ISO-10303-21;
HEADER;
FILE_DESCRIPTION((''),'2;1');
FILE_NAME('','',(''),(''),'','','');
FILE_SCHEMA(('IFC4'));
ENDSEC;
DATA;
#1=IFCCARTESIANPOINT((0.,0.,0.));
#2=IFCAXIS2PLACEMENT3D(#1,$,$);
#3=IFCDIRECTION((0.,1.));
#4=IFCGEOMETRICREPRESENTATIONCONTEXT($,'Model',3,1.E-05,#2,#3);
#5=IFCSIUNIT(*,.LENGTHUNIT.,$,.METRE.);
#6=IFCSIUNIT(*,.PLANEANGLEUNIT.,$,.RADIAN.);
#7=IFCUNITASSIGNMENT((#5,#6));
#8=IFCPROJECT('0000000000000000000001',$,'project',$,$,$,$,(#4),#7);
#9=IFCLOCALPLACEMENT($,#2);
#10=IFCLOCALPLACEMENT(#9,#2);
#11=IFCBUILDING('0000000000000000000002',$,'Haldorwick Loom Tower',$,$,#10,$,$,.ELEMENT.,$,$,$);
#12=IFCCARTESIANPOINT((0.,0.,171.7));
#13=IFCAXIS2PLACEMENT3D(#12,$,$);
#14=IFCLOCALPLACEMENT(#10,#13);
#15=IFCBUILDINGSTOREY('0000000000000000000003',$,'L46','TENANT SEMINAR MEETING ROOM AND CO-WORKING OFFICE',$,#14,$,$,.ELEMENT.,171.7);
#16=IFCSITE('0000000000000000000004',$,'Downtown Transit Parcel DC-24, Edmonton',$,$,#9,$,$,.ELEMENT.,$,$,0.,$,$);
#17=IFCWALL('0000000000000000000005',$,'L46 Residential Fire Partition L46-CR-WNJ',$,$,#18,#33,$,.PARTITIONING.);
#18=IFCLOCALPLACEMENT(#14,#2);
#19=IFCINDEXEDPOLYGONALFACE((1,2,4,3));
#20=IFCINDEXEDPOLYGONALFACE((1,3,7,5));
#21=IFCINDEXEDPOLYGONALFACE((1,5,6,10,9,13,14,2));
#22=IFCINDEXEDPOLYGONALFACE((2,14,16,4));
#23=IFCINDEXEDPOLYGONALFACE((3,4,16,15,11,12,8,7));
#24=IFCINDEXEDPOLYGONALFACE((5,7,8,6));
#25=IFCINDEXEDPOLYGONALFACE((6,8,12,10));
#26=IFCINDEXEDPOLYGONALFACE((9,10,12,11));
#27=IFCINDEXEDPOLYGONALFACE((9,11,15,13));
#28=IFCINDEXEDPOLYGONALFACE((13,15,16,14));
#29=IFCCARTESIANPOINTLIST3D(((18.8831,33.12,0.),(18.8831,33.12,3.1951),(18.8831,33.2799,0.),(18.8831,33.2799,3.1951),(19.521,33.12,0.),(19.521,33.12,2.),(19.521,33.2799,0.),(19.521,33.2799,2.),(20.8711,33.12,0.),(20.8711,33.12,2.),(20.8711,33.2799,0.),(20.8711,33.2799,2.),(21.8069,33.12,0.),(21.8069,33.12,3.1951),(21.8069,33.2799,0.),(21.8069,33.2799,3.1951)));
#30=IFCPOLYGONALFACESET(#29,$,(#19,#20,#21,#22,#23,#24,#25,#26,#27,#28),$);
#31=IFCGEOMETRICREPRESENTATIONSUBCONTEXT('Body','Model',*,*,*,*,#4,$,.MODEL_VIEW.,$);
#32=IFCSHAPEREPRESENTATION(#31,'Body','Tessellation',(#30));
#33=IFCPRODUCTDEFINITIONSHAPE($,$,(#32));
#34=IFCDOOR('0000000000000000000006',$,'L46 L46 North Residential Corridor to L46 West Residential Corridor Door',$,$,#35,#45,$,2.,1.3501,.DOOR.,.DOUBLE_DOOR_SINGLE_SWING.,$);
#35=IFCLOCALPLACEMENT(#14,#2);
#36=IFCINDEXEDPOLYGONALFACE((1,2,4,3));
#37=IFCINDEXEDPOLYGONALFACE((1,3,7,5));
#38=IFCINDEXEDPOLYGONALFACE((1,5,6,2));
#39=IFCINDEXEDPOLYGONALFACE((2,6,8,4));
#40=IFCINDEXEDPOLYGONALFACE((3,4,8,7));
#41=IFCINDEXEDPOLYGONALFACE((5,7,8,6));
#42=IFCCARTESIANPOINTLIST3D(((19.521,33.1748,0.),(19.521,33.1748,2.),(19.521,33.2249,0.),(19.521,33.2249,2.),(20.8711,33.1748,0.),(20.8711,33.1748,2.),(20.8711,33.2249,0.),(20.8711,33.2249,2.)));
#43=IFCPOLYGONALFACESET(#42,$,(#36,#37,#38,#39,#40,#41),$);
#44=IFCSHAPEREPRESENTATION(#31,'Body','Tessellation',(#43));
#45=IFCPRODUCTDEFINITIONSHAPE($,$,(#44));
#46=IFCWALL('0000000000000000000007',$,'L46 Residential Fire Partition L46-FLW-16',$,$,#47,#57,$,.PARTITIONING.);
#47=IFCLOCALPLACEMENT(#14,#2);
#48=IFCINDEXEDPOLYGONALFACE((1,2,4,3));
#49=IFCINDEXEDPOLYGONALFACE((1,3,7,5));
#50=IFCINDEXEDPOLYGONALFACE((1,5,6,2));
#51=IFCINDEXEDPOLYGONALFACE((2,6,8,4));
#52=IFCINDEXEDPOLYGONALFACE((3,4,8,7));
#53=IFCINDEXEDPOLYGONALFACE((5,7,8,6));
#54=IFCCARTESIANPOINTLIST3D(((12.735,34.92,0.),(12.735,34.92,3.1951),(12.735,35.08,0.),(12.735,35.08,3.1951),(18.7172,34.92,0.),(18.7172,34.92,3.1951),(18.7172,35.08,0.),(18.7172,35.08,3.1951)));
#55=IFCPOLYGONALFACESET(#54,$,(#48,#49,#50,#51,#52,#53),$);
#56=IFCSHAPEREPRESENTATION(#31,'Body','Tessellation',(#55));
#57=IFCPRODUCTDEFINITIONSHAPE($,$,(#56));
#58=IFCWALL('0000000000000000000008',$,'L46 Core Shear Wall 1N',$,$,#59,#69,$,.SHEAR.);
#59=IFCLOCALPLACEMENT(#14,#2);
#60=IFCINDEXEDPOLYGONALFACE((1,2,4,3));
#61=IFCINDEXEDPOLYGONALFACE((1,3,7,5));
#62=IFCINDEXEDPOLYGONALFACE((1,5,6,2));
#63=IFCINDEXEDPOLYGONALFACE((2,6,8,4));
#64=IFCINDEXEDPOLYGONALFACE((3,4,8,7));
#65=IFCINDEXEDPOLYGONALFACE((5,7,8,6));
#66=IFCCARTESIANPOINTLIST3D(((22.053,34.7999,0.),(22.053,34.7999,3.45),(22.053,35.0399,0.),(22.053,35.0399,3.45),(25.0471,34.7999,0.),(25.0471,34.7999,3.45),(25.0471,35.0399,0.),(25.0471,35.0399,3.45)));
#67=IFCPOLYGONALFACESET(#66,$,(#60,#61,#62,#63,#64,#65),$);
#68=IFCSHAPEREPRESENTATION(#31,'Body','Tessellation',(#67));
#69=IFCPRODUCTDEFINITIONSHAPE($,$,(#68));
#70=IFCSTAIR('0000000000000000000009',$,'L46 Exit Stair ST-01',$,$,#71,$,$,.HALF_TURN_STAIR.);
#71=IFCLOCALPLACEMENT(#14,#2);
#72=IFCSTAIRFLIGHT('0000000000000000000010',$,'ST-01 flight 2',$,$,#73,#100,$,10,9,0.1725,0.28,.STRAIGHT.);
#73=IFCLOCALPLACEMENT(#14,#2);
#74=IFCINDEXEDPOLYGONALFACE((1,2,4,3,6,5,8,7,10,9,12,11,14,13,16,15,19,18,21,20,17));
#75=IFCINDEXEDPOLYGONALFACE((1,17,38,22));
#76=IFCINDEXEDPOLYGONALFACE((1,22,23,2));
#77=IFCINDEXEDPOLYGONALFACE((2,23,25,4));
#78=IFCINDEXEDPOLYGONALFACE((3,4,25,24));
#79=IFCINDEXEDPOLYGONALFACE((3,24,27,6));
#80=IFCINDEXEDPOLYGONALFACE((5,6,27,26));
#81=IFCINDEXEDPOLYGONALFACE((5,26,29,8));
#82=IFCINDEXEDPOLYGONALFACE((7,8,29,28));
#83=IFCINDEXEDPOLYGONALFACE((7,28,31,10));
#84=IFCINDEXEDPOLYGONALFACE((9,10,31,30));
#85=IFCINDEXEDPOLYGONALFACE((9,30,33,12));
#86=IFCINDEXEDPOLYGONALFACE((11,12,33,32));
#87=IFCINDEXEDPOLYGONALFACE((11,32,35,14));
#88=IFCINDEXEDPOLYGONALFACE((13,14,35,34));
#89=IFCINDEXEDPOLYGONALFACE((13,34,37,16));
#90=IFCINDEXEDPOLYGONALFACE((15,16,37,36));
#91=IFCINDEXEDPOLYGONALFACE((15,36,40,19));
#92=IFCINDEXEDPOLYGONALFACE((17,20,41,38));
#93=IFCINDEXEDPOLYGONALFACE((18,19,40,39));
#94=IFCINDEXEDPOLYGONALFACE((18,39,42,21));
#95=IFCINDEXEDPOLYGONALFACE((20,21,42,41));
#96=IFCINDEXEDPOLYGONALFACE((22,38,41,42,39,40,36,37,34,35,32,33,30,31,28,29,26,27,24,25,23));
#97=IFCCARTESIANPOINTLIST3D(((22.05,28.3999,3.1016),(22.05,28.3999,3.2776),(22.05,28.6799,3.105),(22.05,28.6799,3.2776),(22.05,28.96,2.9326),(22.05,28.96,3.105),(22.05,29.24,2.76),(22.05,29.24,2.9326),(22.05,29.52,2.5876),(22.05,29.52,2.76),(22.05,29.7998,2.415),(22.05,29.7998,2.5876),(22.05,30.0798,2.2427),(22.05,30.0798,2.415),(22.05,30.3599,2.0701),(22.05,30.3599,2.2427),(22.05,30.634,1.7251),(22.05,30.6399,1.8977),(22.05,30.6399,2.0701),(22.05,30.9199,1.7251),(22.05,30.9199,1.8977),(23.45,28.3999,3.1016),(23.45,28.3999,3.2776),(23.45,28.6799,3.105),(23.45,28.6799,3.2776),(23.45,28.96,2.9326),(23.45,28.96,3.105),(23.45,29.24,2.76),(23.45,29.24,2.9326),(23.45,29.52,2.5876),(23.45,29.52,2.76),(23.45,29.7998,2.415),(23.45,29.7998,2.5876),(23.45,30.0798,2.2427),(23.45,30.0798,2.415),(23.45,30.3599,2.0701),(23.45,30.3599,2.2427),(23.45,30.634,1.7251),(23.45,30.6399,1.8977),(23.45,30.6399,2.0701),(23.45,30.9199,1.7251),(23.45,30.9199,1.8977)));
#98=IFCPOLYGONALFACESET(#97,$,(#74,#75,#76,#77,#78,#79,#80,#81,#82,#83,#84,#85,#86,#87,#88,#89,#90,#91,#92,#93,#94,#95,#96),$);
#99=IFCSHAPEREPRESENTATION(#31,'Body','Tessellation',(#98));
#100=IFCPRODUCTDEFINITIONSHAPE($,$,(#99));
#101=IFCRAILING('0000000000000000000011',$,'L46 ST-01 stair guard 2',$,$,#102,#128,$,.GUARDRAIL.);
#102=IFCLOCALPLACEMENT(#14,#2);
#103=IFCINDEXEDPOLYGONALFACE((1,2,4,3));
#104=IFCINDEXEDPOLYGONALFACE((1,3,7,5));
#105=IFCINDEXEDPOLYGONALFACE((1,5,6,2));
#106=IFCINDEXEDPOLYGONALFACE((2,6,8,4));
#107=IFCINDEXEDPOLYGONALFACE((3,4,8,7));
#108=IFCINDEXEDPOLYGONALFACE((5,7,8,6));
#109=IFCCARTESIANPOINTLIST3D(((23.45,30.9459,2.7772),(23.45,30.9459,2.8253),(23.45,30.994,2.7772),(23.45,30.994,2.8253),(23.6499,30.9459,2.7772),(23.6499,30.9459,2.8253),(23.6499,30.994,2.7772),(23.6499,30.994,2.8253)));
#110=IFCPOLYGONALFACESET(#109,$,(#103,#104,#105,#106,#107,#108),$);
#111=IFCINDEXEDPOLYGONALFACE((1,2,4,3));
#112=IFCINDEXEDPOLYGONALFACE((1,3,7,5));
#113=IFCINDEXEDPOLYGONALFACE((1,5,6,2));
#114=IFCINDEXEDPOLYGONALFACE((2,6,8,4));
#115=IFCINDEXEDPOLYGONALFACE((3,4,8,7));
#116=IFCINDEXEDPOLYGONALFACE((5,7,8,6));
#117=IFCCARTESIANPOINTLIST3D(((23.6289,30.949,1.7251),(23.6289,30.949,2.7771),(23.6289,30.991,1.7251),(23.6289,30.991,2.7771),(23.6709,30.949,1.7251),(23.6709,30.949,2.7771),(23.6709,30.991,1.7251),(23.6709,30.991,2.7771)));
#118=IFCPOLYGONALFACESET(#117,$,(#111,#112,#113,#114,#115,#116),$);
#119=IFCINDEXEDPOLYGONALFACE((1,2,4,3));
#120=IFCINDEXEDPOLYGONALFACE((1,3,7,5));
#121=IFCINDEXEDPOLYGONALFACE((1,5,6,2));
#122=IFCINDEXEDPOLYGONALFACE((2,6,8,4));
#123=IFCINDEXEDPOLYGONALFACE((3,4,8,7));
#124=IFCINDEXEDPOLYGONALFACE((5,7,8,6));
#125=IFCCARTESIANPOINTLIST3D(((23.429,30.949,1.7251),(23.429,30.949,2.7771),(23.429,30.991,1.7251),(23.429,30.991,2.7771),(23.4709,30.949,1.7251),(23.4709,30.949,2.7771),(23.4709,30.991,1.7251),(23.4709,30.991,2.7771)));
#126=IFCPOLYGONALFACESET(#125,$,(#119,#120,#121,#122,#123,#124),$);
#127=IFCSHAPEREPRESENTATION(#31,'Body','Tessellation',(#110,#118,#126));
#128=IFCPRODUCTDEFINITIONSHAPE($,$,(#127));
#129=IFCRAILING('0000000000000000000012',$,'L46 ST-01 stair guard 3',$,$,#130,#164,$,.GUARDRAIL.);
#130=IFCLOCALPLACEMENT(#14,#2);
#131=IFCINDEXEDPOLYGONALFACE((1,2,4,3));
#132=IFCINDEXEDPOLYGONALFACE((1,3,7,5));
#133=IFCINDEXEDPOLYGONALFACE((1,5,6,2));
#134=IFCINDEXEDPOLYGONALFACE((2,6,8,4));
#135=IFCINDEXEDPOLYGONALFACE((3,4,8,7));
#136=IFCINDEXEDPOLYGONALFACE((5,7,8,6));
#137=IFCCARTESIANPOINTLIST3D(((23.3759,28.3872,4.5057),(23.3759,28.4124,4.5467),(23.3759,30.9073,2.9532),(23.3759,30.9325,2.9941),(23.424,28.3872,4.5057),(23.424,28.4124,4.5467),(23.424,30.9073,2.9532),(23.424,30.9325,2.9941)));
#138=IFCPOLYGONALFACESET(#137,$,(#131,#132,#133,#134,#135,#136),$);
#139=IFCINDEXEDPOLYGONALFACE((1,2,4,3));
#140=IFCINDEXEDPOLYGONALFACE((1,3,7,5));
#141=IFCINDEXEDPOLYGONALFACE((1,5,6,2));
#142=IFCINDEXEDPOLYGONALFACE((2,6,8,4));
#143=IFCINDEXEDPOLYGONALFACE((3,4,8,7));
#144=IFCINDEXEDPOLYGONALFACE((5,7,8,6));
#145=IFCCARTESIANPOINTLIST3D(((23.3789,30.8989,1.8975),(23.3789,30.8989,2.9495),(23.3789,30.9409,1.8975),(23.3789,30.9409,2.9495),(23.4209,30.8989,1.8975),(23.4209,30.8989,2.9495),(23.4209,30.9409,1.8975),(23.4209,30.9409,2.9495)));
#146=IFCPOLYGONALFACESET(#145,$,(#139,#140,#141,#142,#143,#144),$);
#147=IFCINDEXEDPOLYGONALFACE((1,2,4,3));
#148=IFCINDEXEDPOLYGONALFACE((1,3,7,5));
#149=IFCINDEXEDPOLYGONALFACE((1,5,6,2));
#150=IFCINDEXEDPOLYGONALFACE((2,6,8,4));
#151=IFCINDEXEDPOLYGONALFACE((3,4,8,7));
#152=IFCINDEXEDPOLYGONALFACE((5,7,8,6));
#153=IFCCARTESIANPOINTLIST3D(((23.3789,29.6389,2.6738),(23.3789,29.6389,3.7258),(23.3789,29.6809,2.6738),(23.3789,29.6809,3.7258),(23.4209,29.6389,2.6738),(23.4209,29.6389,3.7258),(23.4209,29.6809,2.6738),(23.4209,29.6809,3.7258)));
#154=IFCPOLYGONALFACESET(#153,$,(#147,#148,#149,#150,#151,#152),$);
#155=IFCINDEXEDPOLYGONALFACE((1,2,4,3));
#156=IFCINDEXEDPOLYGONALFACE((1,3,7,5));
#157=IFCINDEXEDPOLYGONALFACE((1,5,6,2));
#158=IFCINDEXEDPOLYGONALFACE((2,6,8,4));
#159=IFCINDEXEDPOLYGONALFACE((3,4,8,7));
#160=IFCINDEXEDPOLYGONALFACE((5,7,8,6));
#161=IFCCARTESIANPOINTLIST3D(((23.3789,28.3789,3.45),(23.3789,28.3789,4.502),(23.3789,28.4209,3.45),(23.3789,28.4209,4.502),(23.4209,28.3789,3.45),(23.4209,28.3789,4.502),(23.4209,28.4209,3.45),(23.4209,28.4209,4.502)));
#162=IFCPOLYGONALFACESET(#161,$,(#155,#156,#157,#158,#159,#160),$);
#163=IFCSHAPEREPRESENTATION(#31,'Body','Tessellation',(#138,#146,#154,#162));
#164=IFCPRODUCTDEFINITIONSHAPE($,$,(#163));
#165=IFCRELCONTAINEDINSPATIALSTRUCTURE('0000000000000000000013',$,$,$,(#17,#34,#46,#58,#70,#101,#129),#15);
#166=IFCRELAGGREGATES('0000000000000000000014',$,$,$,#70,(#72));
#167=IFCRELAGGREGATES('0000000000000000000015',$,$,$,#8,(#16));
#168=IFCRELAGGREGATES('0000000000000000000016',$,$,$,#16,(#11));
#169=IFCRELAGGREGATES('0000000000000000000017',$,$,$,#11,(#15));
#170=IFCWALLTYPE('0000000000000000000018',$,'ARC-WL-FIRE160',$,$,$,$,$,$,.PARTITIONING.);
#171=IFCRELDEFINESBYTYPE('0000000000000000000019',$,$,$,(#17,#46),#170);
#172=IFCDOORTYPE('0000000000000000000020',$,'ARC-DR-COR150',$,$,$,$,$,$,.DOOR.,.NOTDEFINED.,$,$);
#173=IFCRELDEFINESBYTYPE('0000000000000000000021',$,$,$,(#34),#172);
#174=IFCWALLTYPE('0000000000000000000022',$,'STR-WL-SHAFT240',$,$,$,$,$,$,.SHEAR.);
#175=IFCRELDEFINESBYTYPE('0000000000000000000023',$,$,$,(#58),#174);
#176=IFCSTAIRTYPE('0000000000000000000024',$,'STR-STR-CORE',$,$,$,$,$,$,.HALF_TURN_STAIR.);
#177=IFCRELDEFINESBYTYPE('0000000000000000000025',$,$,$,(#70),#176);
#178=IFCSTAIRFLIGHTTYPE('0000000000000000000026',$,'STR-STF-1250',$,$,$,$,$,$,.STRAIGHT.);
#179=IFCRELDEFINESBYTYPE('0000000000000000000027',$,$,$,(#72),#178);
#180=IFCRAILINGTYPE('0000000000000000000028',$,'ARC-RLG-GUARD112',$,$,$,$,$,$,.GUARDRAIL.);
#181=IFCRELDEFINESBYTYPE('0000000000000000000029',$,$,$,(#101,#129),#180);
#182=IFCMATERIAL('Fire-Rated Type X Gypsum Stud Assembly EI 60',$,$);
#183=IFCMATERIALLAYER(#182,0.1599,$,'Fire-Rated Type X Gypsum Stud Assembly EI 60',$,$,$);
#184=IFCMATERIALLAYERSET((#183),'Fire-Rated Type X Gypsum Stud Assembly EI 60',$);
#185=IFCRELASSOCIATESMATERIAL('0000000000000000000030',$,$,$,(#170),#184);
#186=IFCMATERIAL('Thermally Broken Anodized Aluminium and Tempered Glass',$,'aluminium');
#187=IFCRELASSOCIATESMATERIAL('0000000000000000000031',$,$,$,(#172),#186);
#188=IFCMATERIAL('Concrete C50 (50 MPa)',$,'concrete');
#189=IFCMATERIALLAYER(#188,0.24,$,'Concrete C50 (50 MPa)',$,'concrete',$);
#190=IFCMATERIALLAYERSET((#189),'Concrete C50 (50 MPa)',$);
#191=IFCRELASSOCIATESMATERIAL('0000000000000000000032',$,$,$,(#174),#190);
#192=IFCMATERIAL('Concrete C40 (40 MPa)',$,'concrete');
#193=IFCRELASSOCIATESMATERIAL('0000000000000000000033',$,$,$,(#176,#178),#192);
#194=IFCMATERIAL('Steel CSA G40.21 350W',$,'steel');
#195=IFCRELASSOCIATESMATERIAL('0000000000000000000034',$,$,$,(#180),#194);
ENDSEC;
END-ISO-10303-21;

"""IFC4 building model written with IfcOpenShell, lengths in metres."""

from ifc_helpers import new_model, si_unit, direction, frame, frame_2d, origin, origin_2d, place, context, subcontext, project, spatial, polyline, rectangle, outline, extrude, material, layer, layer_set, type_object, element, fill, aggregate, save


model = new_model("IFC4")

# Units and contexts
model_context = context("Model", 3, precision=1e-05, world=origin(), true_north=direction((0.0, 1.0)))
body_context = subcontext(model_context, "Body", "Model", "MODEL_VIEW")
ifc_project = project(units=[si_unit("LENGTHUNIT", "METRE"), si_unit("PLANEANGLEUNIT", "RADIAN")], contexts=[model_context])

# Site, building, storey
site_placement = place(None, origin())
site = spatial("IfcSite", under=ifc_project, at=site_placement, Name="Downtown Transit Parcel DC-24, Edmonton", CompositionType="ELEMENT", RefElevation=0.0)
building_placement = place(site_placement, origin())
building = spatial("IfcBuilding", under=site, at=building_placement, Name="Haldorwick Loom Tower", CompositionType="ELEMENT")
storey_placement = place(building_placement, frame((0.0, 0.0, 171.7)))
storey = spatial("IfcBuildingStorey", under=building, at=storey_placement, Name="L46", Description="TENANT SEMINAR MEETING ROOM AND CO-WORKING OFFICE", CompositionType="ELEMENT", Elevation=171.7)

# Shared definitions
ifc_material_1 = material(Name="Steel CSA G40.21 350W", Category="steel")

# Wall, opening, door
ifc_material_2 = material(Name="Fire-Rated Type X Gypsum Stud Assembly EI 60")
ifc_layer_1 = layer(ifc_material_2, 0.1599, Name="Fire-Rated Type X Gypsum Stud Assembly EI 60")
ifc_layer_set_1 = layer_set([ifc_layer_1], Name="Fire-Rated Type X Gypsum Stud Assembly EI 60")
wall_type_1 = type_object("IfcWallType", Name="ARC-WL-FIRE160", PredefinedType="PARTITIONING", material=ifc_layer_set_1)
wall_1_placement = place(storey_placement, frame((18.8831, 33.2, 0.0), z_axis=(0.0, 0.0, 1.0), x_axis=(1.0, 0.0, 0.0)))
wall_1 = element("IfcWall", 1, at=wall_1_placement, inside=storey, type_object=wall_type_1, Name="L46 Residential Fire Partition L46-CR-WNJ", PredefinedType="PARTITIONING", context=body_context, shape_type="SweptSolid", body=[
    extrude(rectangle(XDim=2.9238, YDim=0.1599, at=frame_2d((1.4619, 0.0))), origin(), (0.0, 0.0, 1.0), 3.1951),
])
opening_1_placement = place(wall_1_placement, frame((0.6379, 0.0, 0.0)))
opening_1 = element("IfcOpeningElement", 2, at=opening_1_placement, cuts=wall_1, PredefinedType="OPENING", context=body_context, shape_type="SweptSolid", body=[
    extrude(rectangle(XDim=1.3501, YDim=2.0, at=frame_2d((0.675, 1.0))), frame((0.0, 0.0898, 0.0), z_axis=(0.0, -1.0, 0.0), x_axis=(1.0, 0.0, 0.0)), (0.0, 0.0, 1.0), 0.1799),
])
ifc_material_3 = material(Name="Thermally Broken Anodized Aluminium and Tempered Glass", Category="aluminium")
door_type_1 = type_object("IfcDoorType", Name="ARC-DR-COR150", OperationType="NOTDEFINED", PredefinedType="DOOR", material=ifc_material_3)
door_1_placement = place(opening_1_placement, origin())
door_1 = element("IfcDoor", 3, at=door_1_placement, inside=storey, type_object=door_type_1, Name="L46 L46 North Residential Corridor to L46 West Residential Corridor Door", OperationType="DOUBLE_DOOR_SINGLE_SWING", OverallHeight=2.0, OverallWidth=1.3501, PredefinedType="DOOR", context=body_context, shape_type="SweptSolid", body=[
    extrude(rectangle(XDim=1.3501, YDim=2.0, at=frame_2d((0.675, 1.0))), frame((0.0, 0.0249, 0.0), z_axis=(0.0, -1.0, 0.0), x_axis=(1.0, 0.0, 0.0)), (0.0, 0.0, 1.0), 0.05),
])
fill(opening_1, door_1)

# Walls
wall_2_placement = place(storey_placement, frame((12.7349, 35.0, 0.0), z_axis=(0.0, 0.0, 1.0), x_axis=(1.0, 0.0, 0.0)))
element("IfcWall", 4, at=wall_2_placement, inside=storey, type_object=wall_type_1, Name="L46 Residential Fire Partition L46-FLW-16", PredefinedType="PARTITIONING", context=body_context, shape_type="SweptSolid", body=[
    extrude(rectangle(XDim=5.9822, YDim=0.1599, at=frame_2d((2.9912, 0.0))), origin(), (0.0, 0.0, 1.0), 3.1951),
])
ifc_material_4 = material(Name="Concrete C50 (50 MPa)", Category="concrete")
ifc_layer_2 = layer(ifc_material_4, 0.24, Name="Concrete C50 (50 MPa)", Category="concrete")
ifc_layer_set_2 = layer_set([ifc_layer_2], Name="Concrete C50 (50 MPa)")
wall_type_2 = type_object("IfcWallType", Name="STR-WL-SHAFT240", PredefinedType="SHEAR", material=ifc_layer_set_2)
wall_3_placement = place(storey_placement, frame((22.053, 34.9199, 0.0), z_axis=(0.0, 0.0, 1.0), x_axis=(1.0, 0.0, 0.0)))
element("IfcWall", 5, at=wall_3_placement, inside=storey, type_object=wall_type_2, Name="L46 Core Shear Wall 1N", PredefinedType="SHEAR", context=body_context, shape_type="SweptSolid", body=[
    extrude(rectangle(XDim=2.9941, YDim=0.24, at=frame_2d((1.4971, 0.0))), origin(), (0.0, 0.0, 1.0), 3.45),
])

# Stair, stair flight
ifc_material_5 = material(Name="Concrete C40 (40 MPa)", Category="concrete")
stair_type = type_object("IfcStairType", Name="STR-STR-CORE", PredefinedType="HALF_TURN_STAIR", material=ifc_material_5)
stair_placement = place(storey_placement, origin())
stair = element("IfcStair", 6, at=stair_placement, inside=storey, type_object=stair_type, Name="L46 Exit Stair ST-01", PredefinedType="HALF_TURN_STAIR")
stair_flight_type = type_object("IfcStairFlightType", Name="STR-STF-1250", PredefinedType="STRAIGHT", material=ifc_material_5)
stair_flight_placement = place(storey_placement, frame((22.75, 30.9199, 1.7251), z_axis=(0.0, 0.0, 1.0), x_axis=(0.0, -1.0, 0.0)))
stair_flight = element("IfcStairFlight", 7, at=stair_flight_placement, type_object=stair_flight_type, Name="ST-01 flight 2", NumberOfRisers=10, NumberOfTreads=9, PredefinedType="STRAIGHT", RiserHeight=0.1725, TreadLength=0.28, context=body_context, shape_type="SweptSolid", body=[
    extrude(outline(polyline([(0.0, 0.0), (0.0, 0.1726), (0.28, 0.1726), (0.28, 0.345), (0.5601, 0.345), (0.5601, 0.5176), (0.8401, 0.5176), (0.8401, 0.6899), (1.1201, 0.6899), (1.1201, 0.8625), (1.3999, 0.8625), (1.3999, 1.0349), (1.6799, 1.0349), (1.6799, 1.2075), (1.96, 1.2075), (1.96, 1.3799), (2.24, 1.3799), (2.24, 1.5525), (2.52, 1.5525), (2.52, 1.7251), (2.52, 1.3765), (0.2859, 0.0), (0.0, 0.0)])), frame((0.0, 0.7, 0.0), z_axis=(0.0, -1.0, 0.0), x_axis=(1.0, 0.0, 0.0)), (0.0, 0.0, 1.0), 1.3999),
])
aggregate(stair, [stair_flight])

# Railings
railing_type = type_object("IfcRailingType", Name="ARC-RLG-GUARD112", PredefinedType="GUARDRAIL", material=ifc_material_1)
railing_1_placement = place(storey_placement, frame((23.6499, 30.97, 1.7251)))
element("IfcRailing", 8, at=railing_1_placement, inside=storey, type_object=railing_type, Name="L46 ST-01 stair guard 2", PredefinedType="GUARDRAIL", context=body_context, shape_type="SweptSolid", body=[
    extrude(rectangle(XDim=0.0481, YDim=0.0481, at=origin_2d()), frame((0.0, 0.0, 1.0762), z_axis=(-1.0, 0.0, 0.0), x_axis=(0.0, -1.0, 0.0)), (0.0, 0.0, 1.0), 0.2),
    extrude(rectangle(XDim=0.042, YDim=0.042, at=origin_2d()), origin(), (0.0, 0.0, 1.0), 1.052),
    extrude(rectangle(XDim=0.042, YDim=0.042, at=origin_2d()), frame((-0.2, 0.0, 0.0)), (0.0, 0.0, 1.0), 1.052),
])
railing_2_placement = place(storey_placement, frame((23.3999, 30.9199, 1.8975)))
element("IfcRailing", 9, at=railing_2_placement, inside=storey, type_object=railing_type, Name="L46 ST-01 stair guard 3", PredefinedType="GUARDRAIL", context=body_context, shape_type="SweptSolid", body=[
    extrude(rectangle(XDim=0.0481, YDim=0.0481, at=origin_2d()), frame((0.0, 0.0, 1.0762), z_axis=(0.0, -0.8514, 0.524516), x_axis=(1.0, 0.0, 0.0)), (0.0, 0.0, 1.0), 2.96),
    extrude(rectangle(XDim=0.042, YDim=0.042, at=origin_2d()), origin(), (0.0, 0.0, 1.0), 1.052),
    extrude(rectangle(XDim=0.042, YDim=0.042, at=origin_2d()), frame((0.0, -1.26, 0.7764)), (0.0, 0.0, 1.0), 1.052),
    extrude(rectangle(XDim=0.042, YDim=0.042, at=origin_2d()), frame((0.0, -2.52, 1.5525)), (0.0, 0.0, 1.0), 1.052),
])

save(model, "model.ifc")
